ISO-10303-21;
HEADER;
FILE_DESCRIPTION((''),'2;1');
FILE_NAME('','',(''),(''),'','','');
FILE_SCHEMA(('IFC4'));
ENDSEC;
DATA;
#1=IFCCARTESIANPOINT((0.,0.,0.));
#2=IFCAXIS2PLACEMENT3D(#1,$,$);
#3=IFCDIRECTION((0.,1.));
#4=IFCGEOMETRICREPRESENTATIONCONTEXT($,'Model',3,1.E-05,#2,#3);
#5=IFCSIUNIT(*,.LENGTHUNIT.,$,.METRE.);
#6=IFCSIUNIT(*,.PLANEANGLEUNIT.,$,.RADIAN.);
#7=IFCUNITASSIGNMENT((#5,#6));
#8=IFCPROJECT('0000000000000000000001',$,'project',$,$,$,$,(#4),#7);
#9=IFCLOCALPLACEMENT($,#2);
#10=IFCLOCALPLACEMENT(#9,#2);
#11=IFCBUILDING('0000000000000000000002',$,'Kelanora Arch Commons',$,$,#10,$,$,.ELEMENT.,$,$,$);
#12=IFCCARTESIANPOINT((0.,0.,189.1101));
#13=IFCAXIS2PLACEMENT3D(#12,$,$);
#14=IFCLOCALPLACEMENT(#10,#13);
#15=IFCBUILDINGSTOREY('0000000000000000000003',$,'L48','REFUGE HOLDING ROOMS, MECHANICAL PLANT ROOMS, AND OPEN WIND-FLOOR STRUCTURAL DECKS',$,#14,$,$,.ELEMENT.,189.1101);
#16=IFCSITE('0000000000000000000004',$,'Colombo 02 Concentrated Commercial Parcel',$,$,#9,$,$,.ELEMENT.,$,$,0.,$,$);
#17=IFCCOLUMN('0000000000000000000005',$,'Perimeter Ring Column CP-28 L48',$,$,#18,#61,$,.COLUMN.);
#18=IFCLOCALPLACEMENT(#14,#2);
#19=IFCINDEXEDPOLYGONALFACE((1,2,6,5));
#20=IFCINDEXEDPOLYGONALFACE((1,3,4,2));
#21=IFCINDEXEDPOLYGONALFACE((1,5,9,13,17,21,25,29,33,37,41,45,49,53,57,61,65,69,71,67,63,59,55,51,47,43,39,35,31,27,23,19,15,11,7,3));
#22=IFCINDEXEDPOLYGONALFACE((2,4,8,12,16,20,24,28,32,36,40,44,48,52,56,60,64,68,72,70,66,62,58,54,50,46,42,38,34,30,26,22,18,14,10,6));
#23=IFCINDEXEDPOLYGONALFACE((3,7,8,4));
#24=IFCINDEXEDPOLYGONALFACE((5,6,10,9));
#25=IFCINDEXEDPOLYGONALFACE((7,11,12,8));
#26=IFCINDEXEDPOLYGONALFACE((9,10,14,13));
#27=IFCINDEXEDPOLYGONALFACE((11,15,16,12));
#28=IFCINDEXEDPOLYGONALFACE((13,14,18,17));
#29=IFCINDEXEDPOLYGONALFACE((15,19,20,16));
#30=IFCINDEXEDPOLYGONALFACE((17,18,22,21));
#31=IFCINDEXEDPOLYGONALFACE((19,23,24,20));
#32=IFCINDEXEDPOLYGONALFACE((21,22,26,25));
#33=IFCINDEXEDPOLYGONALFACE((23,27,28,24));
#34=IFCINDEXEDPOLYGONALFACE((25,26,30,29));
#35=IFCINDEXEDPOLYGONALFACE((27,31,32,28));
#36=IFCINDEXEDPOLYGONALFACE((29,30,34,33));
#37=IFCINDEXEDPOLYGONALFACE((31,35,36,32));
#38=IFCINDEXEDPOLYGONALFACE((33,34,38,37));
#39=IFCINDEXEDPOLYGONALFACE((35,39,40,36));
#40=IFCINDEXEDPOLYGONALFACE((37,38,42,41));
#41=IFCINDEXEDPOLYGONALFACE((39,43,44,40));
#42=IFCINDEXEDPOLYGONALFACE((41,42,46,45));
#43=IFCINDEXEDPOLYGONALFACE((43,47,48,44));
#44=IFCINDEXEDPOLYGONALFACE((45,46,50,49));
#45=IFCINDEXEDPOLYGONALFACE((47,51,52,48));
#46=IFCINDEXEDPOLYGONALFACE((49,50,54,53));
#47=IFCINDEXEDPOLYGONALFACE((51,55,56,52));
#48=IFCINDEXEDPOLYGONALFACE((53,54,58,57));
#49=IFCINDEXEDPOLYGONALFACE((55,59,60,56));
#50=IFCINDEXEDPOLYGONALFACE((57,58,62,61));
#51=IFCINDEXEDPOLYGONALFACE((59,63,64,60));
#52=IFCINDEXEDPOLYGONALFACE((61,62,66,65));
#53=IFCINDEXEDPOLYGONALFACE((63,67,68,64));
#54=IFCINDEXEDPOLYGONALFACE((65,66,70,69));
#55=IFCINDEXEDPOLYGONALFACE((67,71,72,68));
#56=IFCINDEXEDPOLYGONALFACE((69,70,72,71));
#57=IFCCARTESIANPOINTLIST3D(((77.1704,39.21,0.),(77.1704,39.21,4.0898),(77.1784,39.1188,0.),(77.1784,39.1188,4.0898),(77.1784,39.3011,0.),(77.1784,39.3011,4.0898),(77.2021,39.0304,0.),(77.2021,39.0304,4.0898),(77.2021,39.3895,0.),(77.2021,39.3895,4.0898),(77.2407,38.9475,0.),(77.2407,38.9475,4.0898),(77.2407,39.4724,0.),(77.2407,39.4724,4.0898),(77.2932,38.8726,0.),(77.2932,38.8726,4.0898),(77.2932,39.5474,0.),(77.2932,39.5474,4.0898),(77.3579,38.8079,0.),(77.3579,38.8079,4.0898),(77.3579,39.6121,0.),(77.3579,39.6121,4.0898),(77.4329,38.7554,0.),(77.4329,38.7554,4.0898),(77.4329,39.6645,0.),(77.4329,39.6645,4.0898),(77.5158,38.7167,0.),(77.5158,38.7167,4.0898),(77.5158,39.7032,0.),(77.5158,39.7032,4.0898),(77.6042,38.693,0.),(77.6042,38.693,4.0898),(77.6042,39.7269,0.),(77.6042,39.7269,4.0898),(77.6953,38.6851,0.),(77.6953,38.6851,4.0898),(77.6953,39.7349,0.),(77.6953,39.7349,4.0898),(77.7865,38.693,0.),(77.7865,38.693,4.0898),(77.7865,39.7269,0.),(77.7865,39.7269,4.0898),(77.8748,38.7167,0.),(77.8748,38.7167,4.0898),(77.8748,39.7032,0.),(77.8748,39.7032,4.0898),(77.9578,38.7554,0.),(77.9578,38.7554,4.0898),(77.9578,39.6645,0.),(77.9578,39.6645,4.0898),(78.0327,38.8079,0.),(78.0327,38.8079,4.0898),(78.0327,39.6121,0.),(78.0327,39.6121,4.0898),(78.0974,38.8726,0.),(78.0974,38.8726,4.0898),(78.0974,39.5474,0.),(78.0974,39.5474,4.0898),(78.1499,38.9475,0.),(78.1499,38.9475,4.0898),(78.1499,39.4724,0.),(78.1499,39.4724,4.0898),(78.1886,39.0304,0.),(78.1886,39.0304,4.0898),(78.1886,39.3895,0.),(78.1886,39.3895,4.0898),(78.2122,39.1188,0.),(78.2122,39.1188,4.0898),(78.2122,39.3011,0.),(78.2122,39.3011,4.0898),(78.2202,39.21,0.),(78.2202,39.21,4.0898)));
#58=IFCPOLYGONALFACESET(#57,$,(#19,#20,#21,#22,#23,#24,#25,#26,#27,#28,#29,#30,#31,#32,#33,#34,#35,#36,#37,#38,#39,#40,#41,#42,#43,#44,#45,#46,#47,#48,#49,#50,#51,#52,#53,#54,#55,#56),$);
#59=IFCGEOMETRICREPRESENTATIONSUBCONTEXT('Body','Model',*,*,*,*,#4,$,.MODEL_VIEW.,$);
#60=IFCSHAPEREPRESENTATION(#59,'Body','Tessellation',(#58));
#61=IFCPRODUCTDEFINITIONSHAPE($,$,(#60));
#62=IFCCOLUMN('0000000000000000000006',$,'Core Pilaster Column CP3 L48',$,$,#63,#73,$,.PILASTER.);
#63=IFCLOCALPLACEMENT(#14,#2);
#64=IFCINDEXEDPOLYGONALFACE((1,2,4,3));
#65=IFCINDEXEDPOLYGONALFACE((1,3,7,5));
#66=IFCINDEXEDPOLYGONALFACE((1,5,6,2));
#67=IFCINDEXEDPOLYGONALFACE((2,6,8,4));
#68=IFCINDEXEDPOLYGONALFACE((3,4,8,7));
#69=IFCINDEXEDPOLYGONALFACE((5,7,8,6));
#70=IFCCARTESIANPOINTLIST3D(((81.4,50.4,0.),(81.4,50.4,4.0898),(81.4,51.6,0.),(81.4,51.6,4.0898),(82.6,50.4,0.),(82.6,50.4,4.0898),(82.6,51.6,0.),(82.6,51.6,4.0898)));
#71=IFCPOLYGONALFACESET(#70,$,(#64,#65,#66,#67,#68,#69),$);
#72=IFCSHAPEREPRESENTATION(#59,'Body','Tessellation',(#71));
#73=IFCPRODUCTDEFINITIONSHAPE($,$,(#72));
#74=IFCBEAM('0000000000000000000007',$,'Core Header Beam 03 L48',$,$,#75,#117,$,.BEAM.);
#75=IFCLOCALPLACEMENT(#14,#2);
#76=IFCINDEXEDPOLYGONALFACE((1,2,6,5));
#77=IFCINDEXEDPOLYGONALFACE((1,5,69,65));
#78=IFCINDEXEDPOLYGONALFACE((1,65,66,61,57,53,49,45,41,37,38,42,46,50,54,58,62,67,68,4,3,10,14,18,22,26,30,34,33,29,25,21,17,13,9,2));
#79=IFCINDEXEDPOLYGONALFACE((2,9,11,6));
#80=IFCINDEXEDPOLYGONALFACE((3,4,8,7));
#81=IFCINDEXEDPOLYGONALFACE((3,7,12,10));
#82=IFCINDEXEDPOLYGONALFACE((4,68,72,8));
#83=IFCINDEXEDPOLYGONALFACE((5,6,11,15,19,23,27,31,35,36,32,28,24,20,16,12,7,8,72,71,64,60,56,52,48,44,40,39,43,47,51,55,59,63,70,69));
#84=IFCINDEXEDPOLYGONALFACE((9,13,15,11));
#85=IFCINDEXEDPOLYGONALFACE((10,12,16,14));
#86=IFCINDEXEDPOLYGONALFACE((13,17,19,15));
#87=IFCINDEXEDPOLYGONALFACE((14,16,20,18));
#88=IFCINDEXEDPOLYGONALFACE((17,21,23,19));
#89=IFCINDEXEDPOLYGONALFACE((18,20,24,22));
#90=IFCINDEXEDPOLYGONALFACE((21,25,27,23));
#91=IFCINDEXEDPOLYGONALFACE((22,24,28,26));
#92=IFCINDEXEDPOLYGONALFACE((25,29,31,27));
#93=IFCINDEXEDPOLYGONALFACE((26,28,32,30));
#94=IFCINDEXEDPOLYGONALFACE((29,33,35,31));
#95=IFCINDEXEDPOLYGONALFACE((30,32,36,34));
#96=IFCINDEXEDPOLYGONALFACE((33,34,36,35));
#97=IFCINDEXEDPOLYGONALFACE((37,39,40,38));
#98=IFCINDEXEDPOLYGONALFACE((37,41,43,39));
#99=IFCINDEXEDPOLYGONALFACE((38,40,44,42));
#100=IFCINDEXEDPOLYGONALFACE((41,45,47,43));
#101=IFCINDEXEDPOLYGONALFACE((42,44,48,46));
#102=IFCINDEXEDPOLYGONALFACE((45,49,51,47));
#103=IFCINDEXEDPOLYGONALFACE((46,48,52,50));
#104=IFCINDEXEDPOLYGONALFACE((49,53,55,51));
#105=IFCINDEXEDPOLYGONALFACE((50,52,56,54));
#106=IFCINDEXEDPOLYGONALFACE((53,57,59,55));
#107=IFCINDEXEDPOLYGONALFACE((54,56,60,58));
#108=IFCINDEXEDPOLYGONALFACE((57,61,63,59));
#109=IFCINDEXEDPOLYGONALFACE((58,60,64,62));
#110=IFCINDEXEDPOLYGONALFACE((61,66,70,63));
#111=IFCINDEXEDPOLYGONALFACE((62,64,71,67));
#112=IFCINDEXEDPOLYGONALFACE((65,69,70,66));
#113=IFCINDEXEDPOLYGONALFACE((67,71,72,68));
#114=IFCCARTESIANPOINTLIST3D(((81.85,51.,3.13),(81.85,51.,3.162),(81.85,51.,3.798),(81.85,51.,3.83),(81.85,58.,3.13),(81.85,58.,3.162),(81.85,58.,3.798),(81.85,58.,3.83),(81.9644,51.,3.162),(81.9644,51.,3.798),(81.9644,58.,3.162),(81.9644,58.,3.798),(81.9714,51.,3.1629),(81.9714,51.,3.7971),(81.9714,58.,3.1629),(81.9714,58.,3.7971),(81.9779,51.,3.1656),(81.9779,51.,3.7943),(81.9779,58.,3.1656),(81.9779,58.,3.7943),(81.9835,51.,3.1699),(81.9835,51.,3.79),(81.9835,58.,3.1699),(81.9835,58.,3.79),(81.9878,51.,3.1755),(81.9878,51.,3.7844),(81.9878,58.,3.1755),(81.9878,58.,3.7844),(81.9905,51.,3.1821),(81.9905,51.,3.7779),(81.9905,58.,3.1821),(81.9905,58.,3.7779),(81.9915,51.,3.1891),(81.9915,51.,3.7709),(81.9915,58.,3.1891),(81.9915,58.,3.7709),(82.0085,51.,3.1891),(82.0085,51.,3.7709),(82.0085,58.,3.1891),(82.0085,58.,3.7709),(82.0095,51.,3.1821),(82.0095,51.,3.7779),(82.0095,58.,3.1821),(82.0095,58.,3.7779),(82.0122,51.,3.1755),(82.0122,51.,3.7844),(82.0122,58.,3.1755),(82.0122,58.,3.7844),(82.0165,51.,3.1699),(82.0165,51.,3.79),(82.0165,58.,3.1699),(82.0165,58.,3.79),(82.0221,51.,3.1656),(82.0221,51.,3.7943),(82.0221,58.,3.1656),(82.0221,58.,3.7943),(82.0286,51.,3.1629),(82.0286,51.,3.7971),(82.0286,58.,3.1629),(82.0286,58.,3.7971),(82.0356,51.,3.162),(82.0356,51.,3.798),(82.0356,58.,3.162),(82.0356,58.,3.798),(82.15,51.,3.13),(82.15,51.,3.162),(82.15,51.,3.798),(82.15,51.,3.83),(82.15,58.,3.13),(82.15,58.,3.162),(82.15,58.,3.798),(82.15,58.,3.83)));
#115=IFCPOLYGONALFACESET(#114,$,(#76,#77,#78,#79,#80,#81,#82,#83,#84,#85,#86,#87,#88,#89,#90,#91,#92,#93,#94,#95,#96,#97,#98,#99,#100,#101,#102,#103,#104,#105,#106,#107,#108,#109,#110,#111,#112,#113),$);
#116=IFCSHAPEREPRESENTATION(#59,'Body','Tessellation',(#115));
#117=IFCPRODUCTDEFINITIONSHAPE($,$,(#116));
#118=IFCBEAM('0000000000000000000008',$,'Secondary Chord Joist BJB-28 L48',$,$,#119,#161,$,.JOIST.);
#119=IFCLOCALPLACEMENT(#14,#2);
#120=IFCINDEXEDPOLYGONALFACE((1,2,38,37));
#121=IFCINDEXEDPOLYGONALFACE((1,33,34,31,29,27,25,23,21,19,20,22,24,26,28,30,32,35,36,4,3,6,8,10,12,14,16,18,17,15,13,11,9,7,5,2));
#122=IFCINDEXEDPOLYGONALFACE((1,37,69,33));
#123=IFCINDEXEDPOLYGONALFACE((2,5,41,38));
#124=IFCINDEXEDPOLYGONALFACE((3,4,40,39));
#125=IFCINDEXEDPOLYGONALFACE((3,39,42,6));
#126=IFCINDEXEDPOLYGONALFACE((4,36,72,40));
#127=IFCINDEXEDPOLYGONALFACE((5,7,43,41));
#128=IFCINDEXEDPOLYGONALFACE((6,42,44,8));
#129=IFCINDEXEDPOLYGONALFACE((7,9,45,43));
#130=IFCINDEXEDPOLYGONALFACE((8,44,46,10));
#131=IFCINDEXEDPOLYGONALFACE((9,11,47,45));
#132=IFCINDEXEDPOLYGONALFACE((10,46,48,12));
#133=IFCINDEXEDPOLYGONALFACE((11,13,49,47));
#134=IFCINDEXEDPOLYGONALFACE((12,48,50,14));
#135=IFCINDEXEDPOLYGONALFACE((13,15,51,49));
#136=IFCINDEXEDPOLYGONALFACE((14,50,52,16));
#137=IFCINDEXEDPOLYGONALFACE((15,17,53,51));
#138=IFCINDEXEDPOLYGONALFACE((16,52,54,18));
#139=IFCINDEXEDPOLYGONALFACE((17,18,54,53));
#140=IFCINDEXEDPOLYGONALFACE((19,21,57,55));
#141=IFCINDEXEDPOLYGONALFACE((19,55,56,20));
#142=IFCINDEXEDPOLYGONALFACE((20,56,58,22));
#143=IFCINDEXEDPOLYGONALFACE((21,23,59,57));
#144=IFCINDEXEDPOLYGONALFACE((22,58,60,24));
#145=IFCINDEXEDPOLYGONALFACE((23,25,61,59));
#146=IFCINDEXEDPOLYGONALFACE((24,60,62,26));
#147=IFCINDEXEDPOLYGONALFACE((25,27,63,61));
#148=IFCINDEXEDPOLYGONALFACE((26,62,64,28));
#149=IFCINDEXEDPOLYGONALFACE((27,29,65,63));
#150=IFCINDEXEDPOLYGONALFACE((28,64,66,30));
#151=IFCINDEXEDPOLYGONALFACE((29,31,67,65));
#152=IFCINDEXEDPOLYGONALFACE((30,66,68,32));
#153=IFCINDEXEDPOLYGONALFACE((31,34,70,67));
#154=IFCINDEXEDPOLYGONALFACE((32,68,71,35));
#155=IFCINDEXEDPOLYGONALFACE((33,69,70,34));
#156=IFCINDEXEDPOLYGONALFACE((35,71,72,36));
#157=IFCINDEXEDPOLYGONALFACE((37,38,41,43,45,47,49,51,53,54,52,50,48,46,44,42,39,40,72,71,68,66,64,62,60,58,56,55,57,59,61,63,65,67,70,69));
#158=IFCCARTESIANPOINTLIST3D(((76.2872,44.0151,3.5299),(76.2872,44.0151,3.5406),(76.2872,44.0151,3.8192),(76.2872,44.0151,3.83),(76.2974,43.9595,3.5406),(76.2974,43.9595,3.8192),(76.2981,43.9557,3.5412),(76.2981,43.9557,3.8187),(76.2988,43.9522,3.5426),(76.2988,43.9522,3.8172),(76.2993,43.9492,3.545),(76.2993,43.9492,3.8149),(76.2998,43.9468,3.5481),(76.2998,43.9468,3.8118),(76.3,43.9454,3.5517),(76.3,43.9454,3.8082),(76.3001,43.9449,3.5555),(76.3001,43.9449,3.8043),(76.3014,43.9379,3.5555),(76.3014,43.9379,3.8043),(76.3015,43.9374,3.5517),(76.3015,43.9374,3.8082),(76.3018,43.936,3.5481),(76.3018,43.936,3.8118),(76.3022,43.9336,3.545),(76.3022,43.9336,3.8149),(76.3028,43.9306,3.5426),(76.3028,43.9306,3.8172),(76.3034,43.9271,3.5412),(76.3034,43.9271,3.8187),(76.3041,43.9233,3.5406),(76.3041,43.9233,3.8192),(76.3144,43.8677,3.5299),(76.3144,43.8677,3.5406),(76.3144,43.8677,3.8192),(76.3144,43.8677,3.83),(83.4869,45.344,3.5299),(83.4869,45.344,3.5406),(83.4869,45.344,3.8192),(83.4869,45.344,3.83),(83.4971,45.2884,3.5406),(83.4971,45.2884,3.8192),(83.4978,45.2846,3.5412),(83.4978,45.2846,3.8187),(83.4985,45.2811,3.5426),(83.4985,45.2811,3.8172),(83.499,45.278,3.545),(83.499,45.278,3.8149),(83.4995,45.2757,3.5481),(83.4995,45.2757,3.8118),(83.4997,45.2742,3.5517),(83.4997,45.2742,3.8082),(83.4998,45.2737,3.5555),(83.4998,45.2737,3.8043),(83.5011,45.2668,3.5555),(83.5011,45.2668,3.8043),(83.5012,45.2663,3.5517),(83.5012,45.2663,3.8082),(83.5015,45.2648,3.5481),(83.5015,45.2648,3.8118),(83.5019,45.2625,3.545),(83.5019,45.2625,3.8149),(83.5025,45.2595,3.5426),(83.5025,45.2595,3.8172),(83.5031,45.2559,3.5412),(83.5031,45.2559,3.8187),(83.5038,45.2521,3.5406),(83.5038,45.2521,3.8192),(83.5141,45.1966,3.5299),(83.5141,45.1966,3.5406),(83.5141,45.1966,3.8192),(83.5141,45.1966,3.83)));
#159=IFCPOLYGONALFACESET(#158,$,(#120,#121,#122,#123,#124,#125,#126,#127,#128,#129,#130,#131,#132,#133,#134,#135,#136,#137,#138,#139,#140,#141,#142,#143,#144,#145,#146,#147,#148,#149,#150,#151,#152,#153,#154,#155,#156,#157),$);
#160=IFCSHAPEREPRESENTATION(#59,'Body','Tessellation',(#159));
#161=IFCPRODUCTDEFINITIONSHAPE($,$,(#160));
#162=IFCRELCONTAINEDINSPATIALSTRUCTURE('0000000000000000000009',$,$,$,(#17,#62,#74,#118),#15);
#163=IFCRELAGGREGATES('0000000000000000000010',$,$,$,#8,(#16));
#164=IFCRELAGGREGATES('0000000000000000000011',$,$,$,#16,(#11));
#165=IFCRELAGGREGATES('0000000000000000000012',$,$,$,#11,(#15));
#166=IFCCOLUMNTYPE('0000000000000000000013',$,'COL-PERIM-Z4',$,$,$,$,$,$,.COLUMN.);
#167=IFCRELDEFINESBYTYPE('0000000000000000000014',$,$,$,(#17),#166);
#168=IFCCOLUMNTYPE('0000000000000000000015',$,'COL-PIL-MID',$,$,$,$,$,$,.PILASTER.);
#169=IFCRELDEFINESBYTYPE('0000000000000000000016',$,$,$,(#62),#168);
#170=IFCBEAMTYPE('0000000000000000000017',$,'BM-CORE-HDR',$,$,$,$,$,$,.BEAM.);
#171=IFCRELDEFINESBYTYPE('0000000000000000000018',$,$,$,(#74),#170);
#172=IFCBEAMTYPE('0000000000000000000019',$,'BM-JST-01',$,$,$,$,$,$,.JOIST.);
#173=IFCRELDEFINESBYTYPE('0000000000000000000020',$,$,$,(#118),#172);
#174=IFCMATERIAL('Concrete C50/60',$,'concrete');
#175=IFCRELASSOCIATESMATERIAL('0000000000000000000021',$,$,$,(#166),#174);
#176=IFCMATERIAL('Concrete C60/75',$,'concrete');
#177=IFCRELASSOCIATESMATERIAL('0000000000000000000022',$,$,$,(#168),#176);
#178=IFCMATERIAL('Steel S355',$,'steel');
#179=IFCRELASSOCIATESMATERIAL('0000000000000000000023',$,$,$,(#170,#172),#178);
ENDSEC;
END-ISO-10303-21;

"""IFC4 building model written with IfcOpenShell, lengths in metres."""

from ifc_helpers import new_model, si_unit, direction, frame, origin, origin_2d, place, context, subcontext, project, spatial, rectangle, circle, i_section, extrude, material, material_profile, profile_set, type_object, element, save


model = new_model("IFC4")

# Units and contexts
model_context = context("Model", 3, precision=1e-05, world=origin(), true_north=direction((0.0, 1.0)))
body_context = subcontext(model_context, "Body", "Model", "MODEL_VIEW")
ifc_project = project(units=[si_unit("LENGTHUNIT", "METRE"), si_unit("PLANEANGLEUNIT", "RADIAN")], contexts=[model_context])

# Site, building, storey
site_placement = place(None, origin())
site = spatial("IfcSite", under=ifc_project, at=site_placement, Name="Colombo 02 Concentrated Commercial Parcel", CompositionType="ELEMENT", RefElevation=0.0)
building_placement = place(site_placement, origin())
building = spatial("IfcBuilding", under=site, at=building_placement, Name="Kelanora Arch Commons", CompositionType="ELEMENT")
storey_placement = place(building_placement, frame((0.0, 0.0, 189.1101)))
storey = spatial("IfcBuildingStorey", under=building, at=storey_placement, Name="L48", Description="REFUGE HOLDING ROOMS, MECHANICAL PLANT ROOMS, AND OPEN WIND-FLOOR STRUCTURAL DECKS", CompositionType="ELEMENT", Elevation=189.1101)

# Columns
ifc_material_1 = material(Name="Concrete C50/60", Category="concrete")
ifc_material_profile_1 = material_profile(ifc_material_1, circle(Radius=0.5249, at=origin_2d()), Name="RCC1050")
ifc_profile_set_1 = profile_set([ifc_material_profile_1], Name="Concrete C50/60")
column_type_1 = type_object("IfcColumnType", Name="COL-PERIM-Z4", PredefinedType="COLUMN", material=ifc_profile_set_1)
column_1_placement = place(storey_placement, frame((77.6953, 39.21, 0.0), z_axis=(0.0, 0.0, 1.0), x_axis=(1.0, 0.0, 0.0)))
element("IfcColumn", 1, at=column_1_placement, inside=storey, type_object=column_type_1, Name="Perimeter Ring Column CP-28 L48", PredefinedType="COLUMN", context=body_context, shape_type="SweptSolid", body=[
    extrude(circle(Radius=0.5249, at=origin_2d()), origin(), (0.0, 0.0, 1.0), 4.0898),
])
ifc_material_2 = material(Name="Concrete C60/75", Category="concrete")
ifc_material_profile_2 = material_profile(ifc_material_2, rectangle(XDim=1.2, YDim=1.2, at=origin_2d()), Name="RC1200x1200")
ifc_profile_set_2 = profile_set([ifc_material_profile_2], Name="Concrete C60/75")
column_type_2 = type_object("IfcColumnType", Name="COL-PIL-MID", PredefinedType="PILASTER", material=ifc_profile_set_2)
column_2_placement = place(storey_placement, frame((82.0, 51.0, 0.0), z_axis=(0.0, 0.0, 1.0), x_axis=(1.0, 0.0, 0.0)))
element("IfcColumn", 2, at=column_2_placement, inside=storey, type_object=column_type_2, Name="Core Pilaster Column CP3 L48", PredefinedType="PILASTER", context=body_context, shape_type="SweptSolid", body=[
    extrude(rectangle(XDim=1.2, YDim=1.2, at=origin_2d()), origin(), (0.0, 0.0, 1.0), 4.0898),
])

# Beams
ifc_material_3 = material(Name="Steel S355", Category="steel")
ifc_material_profile_3 = material_profile(ifc_material_3, i_section(OverallWidth=0.3, OverallDepth=0.7, WebThickness=0.0171, FlangeThickness=0.032, FilletRadius=0.0271, at=origin_2d()), Name="HEB700")
ifc_profile_set_3 = profile_set([ifc_material_profile_3], Name="Steel S355")
beam_type_1 = type_object("IfcBeamType", Name="BM-CORE-HDR", PredefinedType="BEAM", material=ifc_profile_set_3)
beam_1_placement = place(storey_placement, frame((82.0, 51.0, 3.48), z_axis=(0.0, 1.0, 0.0), x_axis=(-1.0, 0.0, 0.0)))
element("IfcBeam", 3, at=beam_1_placement, inside=storey, type_object=beam_type_1, Name="Core Header Beam 03 L48", PredefinedType="BEAM", context=body_context, shape_type="SweptSolid", body=[
    extrude(i_section(OverallWidth=0.3, OverallDepth=0.7, WebThickness=0.0171, FlangeThickness=0.032, FilletRadius=0.0271, at=origin_2d()), origin(), (0.0, 0.0, 1.0), 7.0),
])
ifc_material_profile_4 = material_profile(ifc_material_3, i_section(OverallWidth=0.1499, OverallDepth=0.3, WebThickness=0.0071, FlangeThickness=0.0107, FilletRadius=0.0149, at=origin_2d()), Name="IPE300")
ifc_profile_set_4 = profile_set([ifc_material_profile_4], Name="Steel S355")
beam_type_2 = type_object("IfcBeamType", Name="BM-JST-01", PredefinedType="JOIST", material=ifc_profile_set_4)
beam_2_placement = place(storey_placement, frame((76.3008, 43.9414, 3.6799), z_axis=(0.98339, 0.181505, 0.0), x_axis=(-0.181505, 0.98339, 0.0)))
element("IfcBeam", 4, at=beam_2_placement, inside=storey, type_object=beam_type_2, Name="Secondary Chord Joist BJB-28 L48", PredefinedType="JOIST", context=body_context, shape_type="SweptSolid", body=[
    extrude(i_section(OverallWidth=0.1499, OverallDepth=0.3, WebThickness=0.0071, FlangeThickness=0.0107, FilletRadius=0.0149, at=origin_2d()), origin(), (0.0, 0.0, 1.0), 7.3213),
])

save(model, "model.ifc")
